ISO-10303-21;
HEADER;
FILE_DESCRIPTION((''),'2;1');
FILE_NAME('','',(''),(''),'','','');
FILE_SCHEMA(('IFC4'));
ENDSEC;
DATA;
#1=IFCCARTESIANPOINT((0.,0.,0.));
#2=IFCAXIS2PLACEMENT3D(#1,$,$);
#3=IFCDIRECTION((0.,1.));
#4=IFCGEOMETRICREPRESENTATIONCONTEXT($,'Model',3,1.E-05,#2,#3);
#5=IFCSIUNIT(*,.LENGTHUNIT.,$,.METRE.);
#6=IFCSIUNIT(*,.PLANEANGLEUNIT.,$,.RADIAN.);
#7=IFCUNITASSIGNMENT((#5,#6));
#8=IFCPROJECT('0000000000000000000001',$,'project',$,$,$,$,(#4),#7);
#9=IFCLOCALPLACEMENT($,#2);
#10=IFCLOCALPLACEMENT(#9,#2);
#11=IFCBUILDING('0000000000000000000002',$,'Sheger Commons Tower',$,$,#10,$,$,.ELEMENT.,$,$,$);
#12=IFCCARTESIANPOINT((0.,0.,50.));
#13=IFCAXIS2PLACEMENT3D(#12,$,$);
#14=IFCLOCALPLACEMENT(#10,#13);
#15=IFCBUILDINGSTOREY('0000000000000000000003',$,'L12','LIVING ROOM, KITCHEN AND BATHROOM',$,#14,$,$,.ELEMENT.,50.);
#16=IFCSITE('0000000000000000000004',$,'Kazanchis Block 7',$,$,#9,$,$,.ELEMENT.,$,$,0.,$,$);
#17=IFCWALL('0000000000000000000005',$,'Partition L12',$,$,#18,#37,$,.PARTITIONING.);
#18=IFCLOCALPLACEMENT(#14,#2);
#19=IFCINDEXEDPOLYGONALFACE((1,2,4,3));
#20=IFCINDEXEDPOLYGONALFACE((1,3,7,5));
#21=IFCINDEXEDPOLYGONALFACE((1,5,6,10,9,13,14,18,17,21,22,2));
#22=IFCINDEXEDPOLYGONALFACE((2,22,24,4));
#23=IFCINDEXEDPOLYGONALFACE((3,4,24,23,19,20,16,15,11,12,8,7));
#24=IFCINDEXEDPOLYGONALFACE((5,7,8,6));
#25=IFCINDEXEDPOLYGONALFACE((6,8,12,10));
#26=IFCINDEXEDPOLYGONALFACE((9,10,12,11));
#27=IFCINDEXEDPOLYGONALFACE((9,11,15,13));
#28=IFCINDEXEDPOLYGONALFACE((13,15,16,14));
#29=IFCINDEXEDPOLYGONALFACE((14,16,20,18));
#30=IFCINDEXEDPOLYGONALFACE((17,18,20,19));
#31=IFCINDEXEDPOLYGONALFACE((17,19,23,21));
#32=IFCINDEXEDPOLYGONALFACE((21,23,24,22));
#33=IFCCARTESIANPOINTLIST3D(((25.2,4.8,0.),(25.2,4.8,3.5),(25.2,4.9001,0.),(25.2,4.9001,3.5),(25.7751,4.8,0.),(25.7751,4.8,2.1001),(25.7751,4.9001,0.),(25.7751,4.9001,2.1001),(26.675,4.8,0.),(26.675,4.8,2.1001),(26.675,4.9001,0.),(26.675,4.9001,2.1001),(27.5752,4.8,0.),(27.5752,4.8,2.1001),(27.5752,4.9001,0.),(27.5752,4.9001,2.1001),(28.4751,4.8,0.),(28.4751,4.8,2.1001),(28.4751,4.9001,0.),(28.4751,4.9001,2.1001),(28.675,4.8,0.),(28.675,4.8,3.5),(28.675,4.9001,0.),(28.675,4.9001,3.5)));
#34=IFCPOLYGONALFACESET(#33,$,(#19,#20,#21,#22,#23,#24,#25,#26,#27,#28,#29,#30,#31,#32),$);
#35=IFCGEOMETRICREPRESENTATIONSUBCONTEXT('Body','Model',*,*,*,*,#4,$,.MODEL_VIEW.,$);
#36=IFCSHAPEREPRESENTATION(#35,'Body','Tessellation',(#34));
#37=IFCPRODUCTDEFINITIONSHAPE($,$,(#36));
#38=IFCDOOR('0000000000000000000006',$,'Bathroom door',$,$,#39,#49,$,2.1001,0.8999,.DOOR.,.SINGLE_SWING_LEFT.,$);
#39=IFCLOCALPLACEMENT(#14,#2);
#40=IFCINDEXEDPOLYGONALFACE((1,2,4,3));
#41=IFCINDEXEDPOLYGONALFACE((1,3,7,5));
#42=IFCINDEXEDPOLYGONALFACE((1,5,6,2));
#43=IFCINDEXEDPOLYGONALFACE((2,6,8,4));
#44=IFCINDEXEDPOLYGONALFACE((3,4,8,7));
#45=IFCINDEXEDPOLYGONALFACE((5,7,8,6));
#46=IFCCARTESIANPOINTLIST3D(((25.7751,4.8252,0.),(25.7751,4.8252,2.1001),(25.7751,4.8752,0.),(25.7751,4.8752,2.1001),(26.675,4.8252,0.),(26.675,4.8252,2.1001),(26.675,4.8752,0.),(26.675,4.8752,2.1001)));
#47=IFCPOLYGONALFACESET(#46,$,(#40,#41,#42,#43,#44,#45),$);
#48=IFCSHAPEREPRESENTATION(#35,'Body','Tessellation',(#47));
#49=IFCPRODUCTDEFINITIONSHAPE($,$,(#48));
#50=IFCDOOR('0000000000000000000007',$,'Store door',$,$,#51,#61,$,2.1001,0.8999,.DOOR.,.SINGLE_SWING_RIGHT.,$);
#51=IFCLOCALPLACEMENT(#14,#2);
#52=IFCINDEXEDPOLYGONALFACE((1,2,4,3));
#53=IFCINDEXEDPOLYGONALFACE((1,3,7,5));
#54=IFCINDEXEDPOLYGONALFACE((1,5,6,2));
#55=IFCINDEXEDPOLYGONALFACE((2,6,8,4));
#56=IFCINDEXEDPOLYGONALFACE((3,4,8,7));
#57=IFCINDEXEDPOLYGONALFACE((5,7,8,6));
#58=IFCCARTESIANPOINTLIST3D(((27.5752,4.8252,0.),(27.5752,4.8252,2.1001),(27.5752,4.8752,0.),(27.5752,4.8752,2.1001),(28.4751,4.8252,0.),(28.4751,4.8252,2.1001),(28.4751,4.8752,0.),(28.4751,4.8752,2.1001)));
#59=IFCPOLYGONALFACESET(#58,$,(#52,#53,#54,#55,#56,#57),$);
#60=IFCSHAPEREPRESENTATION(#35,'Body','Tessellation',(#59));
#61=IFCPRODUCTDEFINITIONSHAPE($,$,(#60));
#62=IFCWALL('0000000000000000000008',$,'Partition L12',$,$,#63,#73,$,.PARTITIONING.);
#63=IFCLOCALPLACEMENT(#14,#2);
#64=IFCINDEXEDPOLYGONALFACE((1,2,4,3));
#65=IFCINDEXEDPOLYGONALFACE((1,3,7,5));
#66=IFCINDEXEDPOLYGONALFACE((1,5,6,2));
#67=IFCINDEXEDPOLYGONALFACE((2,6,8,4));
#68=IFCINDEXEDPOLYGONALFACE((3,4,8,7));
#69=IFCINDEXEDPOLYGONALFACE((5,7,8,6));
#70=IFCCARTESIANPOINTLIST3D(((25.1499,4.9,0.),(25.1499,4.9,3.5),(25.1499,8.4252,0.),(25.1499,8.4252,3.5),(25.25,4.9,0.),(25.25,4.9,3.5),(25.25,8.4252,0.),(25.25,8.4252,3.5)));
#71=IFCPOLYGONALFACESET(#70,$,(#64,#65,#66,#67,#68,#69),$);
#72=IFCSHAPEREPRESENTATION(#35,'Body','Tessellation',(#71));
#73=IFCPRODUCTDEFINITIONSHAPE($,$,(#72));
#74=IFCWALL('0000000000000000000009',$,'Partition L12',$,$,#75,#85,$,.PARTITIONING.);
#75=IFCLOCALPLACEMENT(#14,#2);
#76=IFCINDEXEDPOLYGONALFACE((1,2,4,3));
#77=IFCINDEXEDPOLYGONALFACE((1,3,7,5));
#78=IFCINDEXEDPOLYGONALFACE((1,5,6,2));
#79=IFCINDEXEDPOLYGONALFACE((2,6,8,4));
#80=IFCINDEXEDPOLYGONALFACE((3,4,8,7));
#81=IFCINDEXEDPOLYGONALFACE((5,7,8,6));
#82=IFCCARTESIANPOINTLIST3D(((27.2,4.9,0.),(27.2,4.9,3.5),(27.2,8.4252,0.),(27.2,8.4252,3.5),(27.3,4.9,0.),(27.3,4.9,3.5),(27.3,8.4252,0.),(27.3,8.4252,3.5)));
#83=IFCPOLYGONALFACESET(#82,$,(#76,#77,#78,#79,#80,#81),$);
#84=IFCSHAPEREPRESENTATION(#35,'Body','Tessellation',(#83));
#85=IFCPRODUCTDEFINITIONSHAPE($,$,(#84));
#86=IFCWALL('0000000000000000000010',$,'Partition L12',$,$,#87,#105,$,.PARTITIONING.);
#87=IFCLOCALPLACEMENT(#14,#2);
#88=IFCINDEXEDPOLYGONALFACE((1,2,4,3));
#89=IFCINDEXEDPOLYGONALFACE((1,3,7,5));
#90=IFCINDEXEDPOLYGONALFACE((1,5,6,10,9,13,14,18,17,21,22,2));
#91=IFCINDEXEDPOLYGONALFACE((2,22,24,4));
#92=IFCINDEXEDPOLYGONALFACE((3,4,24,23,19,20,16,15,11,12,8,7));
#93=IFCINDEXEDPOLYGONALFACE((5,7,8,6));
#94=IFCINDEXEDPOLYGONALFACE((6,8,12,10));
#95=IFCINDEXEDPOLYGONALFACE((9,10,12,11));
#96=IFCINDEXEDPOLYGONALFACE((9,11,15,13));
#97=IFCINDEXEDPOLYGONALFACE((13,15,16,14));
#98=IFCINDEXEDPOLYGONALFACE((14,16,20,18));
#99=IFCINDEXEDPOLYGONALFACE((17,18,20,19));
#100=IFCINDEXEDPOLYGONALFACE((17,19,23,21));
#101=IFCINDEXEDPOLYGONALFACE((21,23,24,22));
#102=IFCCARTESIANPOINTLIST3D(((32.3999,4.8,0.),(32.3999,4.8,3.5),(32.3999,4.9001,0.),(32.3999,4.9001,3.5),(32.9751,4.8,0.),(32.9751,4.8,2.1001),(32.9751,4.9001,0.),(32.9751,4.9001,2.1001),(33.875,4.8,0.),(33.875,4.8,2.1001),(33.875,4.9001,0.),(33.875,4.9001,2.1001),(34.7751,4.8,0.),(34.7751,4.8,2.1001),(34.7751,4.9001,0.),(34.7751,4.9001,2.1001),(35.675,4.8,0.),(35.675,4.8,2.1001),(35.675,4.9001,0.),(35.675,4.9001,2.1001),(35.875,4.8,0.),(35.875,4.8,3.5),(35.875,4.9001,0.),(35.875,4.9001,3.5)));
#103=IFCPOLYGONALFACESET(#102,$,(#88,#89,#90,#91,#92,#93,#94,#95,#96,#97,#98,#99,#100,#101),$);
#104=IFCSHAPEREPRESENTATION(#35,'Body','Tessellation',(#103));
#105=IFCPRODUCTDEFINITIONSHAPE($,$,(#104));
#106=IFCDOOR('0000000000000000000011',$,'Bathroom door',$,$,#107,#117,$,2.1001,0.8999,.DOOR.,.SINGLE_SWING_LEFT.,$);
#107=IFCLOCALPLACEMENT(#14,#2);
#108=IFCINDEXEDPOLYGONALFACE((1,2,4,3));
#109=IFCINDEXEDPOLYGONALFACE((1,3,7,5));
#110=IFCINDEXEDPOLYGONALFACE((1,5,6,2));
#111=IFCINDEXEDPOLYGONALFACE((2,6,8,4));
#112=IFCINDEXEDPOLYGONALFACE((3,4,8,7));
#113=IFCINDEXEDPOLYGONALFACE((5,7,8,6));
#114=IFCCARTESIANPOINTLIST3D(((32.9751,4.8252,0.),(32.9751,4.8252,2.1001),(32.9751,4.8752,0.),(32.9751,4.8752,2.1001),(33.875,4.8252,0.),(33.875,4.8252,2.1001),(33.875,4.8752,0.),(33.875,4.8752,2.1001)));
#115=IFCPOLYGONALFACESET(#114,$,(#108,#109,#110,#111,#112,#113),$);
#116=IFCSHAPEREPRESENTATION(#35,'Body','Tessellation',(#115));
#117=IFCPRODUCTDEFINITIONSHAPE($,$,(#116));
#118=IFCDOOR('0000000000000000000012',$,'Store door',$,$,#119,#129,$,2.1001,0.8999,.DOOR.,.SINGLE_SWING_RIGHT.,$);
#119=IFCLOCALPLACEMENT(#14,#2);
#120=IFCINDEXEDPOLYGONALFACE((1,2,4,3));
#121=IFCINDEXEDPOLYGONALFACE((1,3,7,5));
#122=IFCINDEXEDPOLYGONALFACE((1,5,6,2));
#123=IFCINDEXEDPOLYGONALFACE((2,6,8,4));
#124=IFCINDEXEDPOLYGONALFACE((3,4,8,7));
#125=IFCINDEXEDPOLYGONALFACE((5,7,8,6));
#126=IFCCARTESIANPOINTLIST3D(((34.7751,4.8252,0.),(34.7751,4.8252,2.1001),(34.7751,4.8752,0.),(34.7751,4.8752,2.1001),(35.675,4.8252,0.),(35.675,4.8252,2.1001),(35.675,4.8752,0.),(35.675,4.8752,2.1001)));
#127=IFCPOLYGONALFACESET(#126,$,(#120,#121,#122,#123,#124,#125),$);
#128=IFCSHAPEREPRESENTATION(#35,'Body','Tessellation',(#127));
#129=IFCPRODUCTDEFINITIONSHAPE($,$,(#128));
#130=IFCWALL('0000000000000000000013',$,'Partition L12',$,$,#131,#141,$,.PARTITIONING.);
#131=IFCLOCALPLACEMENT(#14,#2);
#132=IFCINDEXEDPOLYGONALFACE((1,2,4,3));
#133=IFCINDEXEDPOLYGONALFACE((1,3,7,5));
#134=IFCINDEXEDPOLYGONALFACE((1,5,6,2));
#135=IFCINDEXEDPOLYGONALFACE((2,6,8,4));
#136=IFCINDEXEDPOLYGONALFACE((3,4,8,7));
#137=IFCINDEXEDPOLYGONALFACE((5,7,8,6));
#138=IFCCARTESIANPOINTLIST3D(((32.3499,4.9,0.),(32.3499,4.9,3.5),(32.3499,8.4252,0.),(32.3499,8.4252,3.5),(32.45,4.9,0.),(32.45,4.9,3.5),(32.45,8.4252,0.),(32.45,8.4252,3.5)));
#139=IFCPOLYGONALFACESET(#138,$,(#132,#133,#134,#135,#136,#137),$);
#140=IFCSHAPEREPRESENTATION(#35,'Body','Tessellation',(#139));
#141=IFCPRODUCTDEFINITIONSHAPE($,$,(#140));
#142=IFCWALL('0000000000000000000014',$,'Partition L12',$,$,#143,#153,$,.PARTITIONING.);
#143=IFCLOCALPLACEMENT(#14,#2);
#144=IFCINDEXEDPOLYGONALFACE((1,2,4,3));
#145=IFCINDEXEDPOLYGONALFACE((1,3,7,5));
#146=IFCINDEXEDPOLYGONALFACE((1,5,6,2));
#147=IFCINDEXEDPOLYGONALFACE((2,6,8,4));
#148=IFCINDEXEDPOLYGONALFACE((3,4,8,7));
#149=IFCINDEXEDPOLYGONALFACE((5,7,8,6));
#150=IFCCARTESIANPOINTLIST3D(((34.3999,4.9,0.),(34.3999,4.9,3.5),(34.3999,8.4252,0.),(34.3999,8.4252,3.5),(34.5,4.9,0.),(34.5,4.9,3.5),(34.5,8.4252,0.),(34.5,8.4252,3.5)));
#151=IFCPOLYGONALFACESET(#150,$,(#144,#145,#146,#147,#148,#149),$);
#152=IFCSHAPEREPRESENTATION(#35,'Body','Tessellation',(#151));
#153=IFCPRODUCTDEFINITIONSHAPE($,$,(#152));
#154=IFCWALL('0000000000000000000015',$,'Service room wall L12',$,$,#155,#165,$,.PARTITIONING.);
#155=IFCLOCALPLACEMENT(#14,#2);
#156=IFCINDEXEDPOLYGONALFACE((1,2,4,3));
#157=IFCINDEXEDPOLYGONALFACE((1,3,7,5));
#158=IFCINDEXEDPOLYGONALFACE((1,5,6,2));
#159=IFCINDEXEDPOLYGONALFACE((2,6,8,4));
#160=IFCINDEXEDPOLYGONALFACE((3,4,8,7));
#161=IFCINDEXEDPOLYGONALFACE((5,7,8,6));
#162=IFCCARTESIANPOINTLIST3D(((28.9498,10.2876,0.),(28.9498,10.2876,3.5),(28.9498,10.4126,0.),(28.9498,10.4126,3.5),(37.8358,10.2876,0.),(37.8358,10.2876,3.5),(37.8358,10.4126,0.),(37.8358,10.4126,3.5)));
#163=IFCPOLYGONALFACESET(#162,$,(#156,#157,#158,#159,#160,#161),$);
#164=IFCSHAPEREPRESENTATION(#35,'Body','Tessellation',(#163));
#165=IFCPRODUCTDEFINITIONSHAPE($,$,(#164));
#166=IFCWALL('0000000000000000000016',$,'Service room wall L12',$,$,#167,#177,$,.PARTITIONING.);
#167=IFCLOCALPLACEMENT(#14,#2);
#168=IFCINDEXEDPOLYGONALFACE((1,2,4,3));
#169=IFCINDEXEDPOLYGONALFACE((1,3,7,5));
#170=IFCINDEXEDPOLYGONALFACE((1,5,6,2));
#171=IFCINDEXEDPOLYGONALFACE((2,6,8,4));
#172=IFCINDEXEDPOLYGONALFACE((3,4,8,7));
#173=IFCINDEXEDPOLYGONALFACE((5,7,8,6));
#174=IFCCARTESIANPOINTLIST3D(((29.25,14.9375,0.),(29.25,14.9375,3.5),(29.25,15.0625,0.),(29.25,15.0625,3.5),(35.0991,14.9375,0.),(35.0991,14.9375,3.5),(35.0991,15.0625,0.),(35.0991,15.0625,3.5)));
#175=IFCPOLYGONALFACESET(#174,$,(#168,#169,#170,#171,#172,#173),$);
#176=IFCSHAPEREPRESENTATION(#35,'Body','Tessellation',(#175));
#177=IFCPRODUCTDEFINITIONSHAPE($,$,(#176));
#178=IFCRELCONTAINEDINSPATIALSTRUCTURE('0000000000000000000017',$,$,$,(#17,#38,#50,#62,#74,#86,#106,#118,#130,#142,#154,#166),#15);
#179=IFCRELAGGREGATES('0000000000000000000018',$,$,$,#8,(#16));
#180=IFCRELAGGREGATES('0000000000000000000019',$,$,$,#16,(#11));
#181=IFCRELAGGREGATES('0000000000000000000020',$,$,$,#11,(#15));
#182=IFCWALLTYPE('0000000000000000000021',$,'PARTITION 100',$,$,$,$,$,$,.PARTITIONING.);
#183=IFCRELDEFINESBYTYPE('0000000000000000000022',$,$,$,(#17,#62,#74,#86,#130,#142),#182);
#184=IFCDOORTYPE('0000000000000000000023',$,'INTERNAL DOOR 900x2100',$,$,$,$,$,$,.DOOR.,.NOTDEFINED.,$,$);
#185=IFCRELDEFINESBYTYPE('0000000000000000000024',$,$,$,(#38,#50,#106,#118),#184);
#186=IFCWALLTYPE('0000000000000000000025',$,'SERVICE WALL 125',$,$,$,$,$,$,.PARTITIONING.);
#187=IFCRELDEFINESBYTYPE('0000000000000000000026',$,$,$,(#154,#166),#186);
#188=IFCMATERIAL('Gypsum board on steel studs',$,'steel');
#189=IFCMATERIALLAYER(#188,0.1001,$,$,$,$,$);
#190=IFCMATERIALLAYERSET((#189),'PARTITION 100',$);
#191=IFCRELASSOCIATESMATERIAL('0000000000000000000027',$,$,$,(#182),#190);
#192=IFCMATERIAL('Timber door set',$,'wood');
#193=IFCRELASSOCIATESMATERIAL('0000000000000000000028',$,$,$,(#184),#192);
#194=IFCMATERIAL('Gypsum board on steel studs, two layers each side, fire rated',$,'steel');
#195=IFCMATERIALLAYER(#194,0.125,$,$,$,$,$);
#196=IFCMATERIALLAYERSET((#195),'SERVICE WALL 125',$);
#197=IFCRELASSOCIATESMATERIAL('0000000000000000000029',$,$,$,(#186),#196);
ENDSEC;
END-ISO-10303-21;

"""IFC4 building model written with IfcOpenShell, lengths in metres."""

from ifc_helpers import new_model, si_unit, direction, frame, frame_2d, origin, place, context, subcontext, project, spatial, rectangle, extrude, material, layer, layer_set, type_object, element, fill, save


model = new_model("IFC4")

# Units and contexts
model_context = context("Model", 3, precision=1e-05, world=origin(), true_north=direction((0.0, 1.0)))
body_context = subcontext(model_context, "Body", "Model", "MODEL_VIEW")
ifc_project = project(units=[si_unit("LENGTHUNIT", "METRE"), si_unit("PLANEANGLEUNIT", "RADIAN")], contexts=[model_context])

# Site, building, storey
site_placement = place(None, origin())
site = spatial("IfcSite", under=ifc_project, at=site_placement, Name="Kazanchis Block 7", CompositionType="ELEMENT", RefElevation=0.0)
building_placement = place(site_placement, origin())
building = spatial("IfcBuilding", under=site, at=building_placement, Name="Sheger Commons Tower", CompositionType="ELEMENT")
storey_placement = place(building_placement, frame((0.0, 0.0, 50.0)))
storey = spatial("IfcBuildingStorey", under=building, at=storey_placement, Name="L12", Description="LIVING ROOM, KITCHEN AND BATHROOM", CompositionType="ELEMENT", Elevation=50.0)

# Wall, openings, doors
ifc_material_1 = material(Name="Gypsum board on steel studs", Category="steel")
ifc_layer_1 = layer(ifc_material_1, 0.1001)
ifc_layer_set_1 = layer_set([ifc_layer_1], Name="PARTITION 100")
wall_type_1 = type_object("IfcWallType", Name="PARTITION 100", PredefinedType="PARTITIONING", material=ifc_layer_set_1)
wall_1_placement = place(storey_placement, frame((28.675, 4.8501, 0.0), z_axis=(0.0, 0.0, 1.0), x_axis=(-1.0, 0.0, 0.0)))
wall_1 = element("IfcWall", 1, at=wall_1_placement, inside=storey, type_object=wall_type_1, Name="Partition L12", PredefinedType="PARTITIONING", context=body_context, shape_type="SweptSolid", body=[
    extrude(rectangle(XDim=3.4751, YDim=0.1001, at=frame_2d((1.7375, 0.0))), origin(), (0.0, 0.0, 1.0), 3.5),
])
opening_1_placement = place(wall_1_placement, frame((2.0, 0.0, 0.0)))
opening_1 = element("IfcOpeningElement", 2, at=opening_1_placement, cuts=wall_1, PredefinedType="OPENING", context=body_context, shape_type="SweptSolid", body=[
    extrude(rectangle(XDim=0.8999, YDim=2.1001, at=frame_2d((0.45, 1.05))), frame((0.0, 0.0601, 0.0), z_axis=(0.0, -1.0, 0.0), x_axis=(1.0, 0.0, 0.0)), (0.0, 0.0, 1.0), 0.1201),
])
opening_2_placement = place(wall_1_placement, frame((0.2, 0.0, 0.0)))
opening_2 = element("IfcOpeningElement", 3, at=opening_2_placement, cuts=wall_1, PredefinedType="OPENING", context=body_context, shape_type="SweptSolid", body=[
    extrude(rectangle(XDim=0.8999, YDim=2.1001, at=frame_2d((0.45, 1.05))), frame((0.0, 0.0601, 0.0), z_axis=(0.0, -1.0, 0.0), x_axis=(1.0, 0.0, 0.0)), (0.0, 0.0, 1.0), 0.1201),
])
ifc_material_2 = material(Name="Timber door set", Category="wood")
door_type_1 = type_object("IfcDoorType", Name="INTERNAL DOOR 900x2100", OperationType="NOTDEFINED", PredefinedType="DOOR", material=ifc_material_2)
door_1_placement = place(opening_1_placement, origin())
door_1 = element("IfcDoor", 4, at=door_1_placement, inside=storey, type_object=door_type_1, Name="Bathroom door", OperationType="SINGLE_SWING_LEFT", OverallHeight=2.1001, OverallWidth=0.8999, PredefinedType="DOOR", context=body_context, shape_type="SweptSolid", body=[
    extrude(rectangle(XDim=0.8999, YDim=2.1001, at=frame_2d((0.45, 1.05))), frame((0.0, 0.0249, 0.0), z_axis=(0.0, -1.0, 0.0), x_axis=(1.0, 0.0, 0.0)), (0.0, 0.0, 1.0), 0.05),
])
fill(opening_1, door_1)
door_2_placement = place(opening_2_placement, origin())
door_2 = element("IfcDoor", 5, at=door_2_placement, inside=storey, type_object=door_type_1, Name="Store door", OperationType="SINGLE_SWING_RIGHT", OverallHeight=2.1001, OverallWidth=0.8999, PredefinedType="DOOR", context=body_context, shape_type="SweptSolid", body=[
    extrude(rectangle(XDim=0.8999, YDim=2.1001, at=frame_2d((0.45, 1.05))), frame((0.0, 0.0249, 0.0), z_axis=(0.0, -1.0, 0.0), x_axis=(1.0, 0.0, 0.0)), (0.0, 0.0, 1.0), 0.05),
])
fill(opening_2, door_2)

# Walls
for number, where, z_axis, x_axis, name in (
    (6, (25.2, 4.8999, 0.0), (0.0, 0.0, 1.0), (0.0, 1.0, 0.0), "Partition L12"),
    (7, (27.25, 4.8999, 0.0), (0.0, 0.0, 1.0), (0.0, 1.0, 0.0), "Partition L12"),
):
    element("IfcWall", number, at=place(storey_placement, frame(where, z_axis=z_axis, x_axis=x_axis)), inside=storey, type_object=wall_type_1, Name=name, PredefinedType="PARTITIONING", context=body_context, shape_type="SweptSolid", body=[
        extrude(rectangle(XDim=3.5251, YDim=0.1001, at=frame_2d((1.7627, 0.0))), origin(), (0.0, 0.0, 1.0), 3.5),
    ])

# Wall, openings, doors
wall_2_placement = place(storey_placement, frame((35.875, 4.8501, 0.0), z_axis=(0.0, 0.0, 1.0), x_axis=(-1.0, 0.0, 0.0)))
wall_2 = element("IfcWall", 8, at=wall_2_placement, inside=storey, type_object=wall_type_1, Name="Partition L12", PredefinedType="PARTITIONING", context=body_context, shape_type="SweptSolid", body=[
    extrude(rectangle(XDim=3.4751, YDim=0.1001, at=frame_2d((1.7375, 0.0))), origin(), (0.0, 0.0, 1.0), 3.5),
])
opening_3_placement = place(wall_2_placement, frame((2.0, 0.0, 0.0)))
opening_3 = element("IfcOpeningElement", 9, at=opening_3_placement, cuts=wall_2, PredefinedType="OPENING", context=body_context, shape_type="SweptSolid", body=[
    extrude(rectangle(XDim=0.8999, YDim=2.1001, at=frame_2d((0.45, 1.05))), frame((0.0, 0.0601, 0.0), z_axis=(0.0, -1.0, 0.0), x_axis=(1.0, 0.0, 0.0)), (0.0, 0.0, 1.0), 0.1201),
])
opening_4_placement = place(wall_2_placement, frame((0.2, 0.0, 0.0)))
opening_4 = element("IfcOpeningElement", 10, at=opening_4_placement, cuts=wall_2, PredefinedType="OPENING", context=body_context, shape_type="SweptSolid", body=[
    extrude(rectangle(XDim=0.8999, YDim=2.1001, at=frame_2d((0.45, 1.05))), frame((0.0, 0.0601, 0.0), z_axis=(0.0, -1.0, 0.0), x_axis=(1.0, 0.0, 0.0)), (0.0, 0.0, 1.0), 0.1201),
])
door_3_placement = place(opening_3_placement, origin())
door_3 = element("IfcDoor", 11, at=door_3_placement, inside=storey, type_object=door_type_1, Name="Bathroom door", OperationType="SINGLE_SWING_LEFT", OverallHeight=2.1001, OverallWidth=0.8999, PredefinedType="DOOR", context=body_context, shape_type="SweptSolid", body=[
    extrude(rectangle(XDim=0.8999, YDim=2.1001, at=frame_2d((0.45, 1.05))), frame((0.0, 0.0249, 0.0), z_axis=(0.0, -1.0, 0.0), x_axis=(1.0, 0.0, 0.0)), (0.0, 0.0, 1.0), 0.05),
])
fill(opening_3, door_3)
door_4_placement = place(opening_4_placement, origin())
door_4 = element("IfcDoor", 12, at=door_4_placement, inside=storey, type_object=door_type_1, Name="Store door", OperationType="SINGLE_SWING_RIGHT", OverallHeight=2.1001, OverallWidth=0.8999, PredefinedType="DOOR", context=body_context, shape_type="SweptSolid", body=[
    extrude(rectangle(XDim=0.8999, YDim=2.1001, at=frame_2d((0.45, 1.05))), frame((0.0, 0.0249, 0.0), z_axis=(0.0, -1.0, 0.0), x_axis=(1.0, 0.0, 0.0)), (0.0, 0.0, 1.0), 0.05),
])
fill(opening_4, door_4)

# Walls
for number, where, z_axis, x_axis, name in (
    (13, (32.3999, 4.8999, 0.0), (0.0, 0.0, 1.0), (0.0, 1.0, 0.0), "Partition L12"),
    (14, (34.45, 4.8999, 0.0), (0.0, 0.0, 1.0), (0.0, 1.0, 0.0), "Partition L12"),
):
    element("IfcWall", number, at=place(storey_placement, frame(where, z_axis=z_axis, x_axis=x_axis)), inside=storey, type_object=wall_type_1, Name=name, PredefinedType="PARTITIONING", context=body_context, shape_type="SweptSolid", body=[
        extrude(rectangle(XDim=3.5251, YDim=0.1001, at=frame_2d((1.7627, 0.0))), origin(), (0.0, 0.0, 1.0), 3.5),
    ])
ifc_material_3 = material(Name="Gypsum board on steel studs, two layers each side, fire rated", Category="steel")
ifc_layer_2 = layer(ifc_material_3, 0.125)
ifc_layer_set_2 = layer_set([ifc_layer_2], Name="SERVICE WALL 125")
wall_type_2 = type_object("IfcWallType", Name="SERVICE WALL 125", PredefinedType="PARTITIONING", material=ifc_layer_set_2)
wall_3_placement = place(storey_placement, frame((28.95, 10.3501, 0.0), z_axis=(0.0, 0.0, 1.0), x_axis=(1.0, 0.0, 0.0)))
element("IfcWall", 15, at=wall_3_placement, inside=storey, type_object=wall_type_2, Name="Service room wall L12", PredefinedType="PARTITIONING", context=body_context, shape_type="SweptSolid", body=[
    extrude(rectangle(XDim=8.886, YDim=0.125, at=frame_2d((4.4429, 0.0))), origin(), (0.0, 0.0, 1.0), 3.5),
])
wall_4_placement = place(storey_placement, frame((29.25, 15.0, 0.0), z_axis=(0.0, 0.0, 1.0), x_axis=(1.0, 0.0, 0.0)))
element("IfcWall", 16, at=wall_4_placement, inside=storey, type_object=wall_type_2, Name="Service room wall L12", PredefinedType="PARTITIONING", context=body_context, shape_type="SweptSolid", body=[
    extrude(rectangle(XDim=5.8491, YDim=0.125, at=frame_2d((2.9246, 0.0))), origin(), (0.0, 0.0, 1.0), 3.5),
])

save(model, "model.ifc")
